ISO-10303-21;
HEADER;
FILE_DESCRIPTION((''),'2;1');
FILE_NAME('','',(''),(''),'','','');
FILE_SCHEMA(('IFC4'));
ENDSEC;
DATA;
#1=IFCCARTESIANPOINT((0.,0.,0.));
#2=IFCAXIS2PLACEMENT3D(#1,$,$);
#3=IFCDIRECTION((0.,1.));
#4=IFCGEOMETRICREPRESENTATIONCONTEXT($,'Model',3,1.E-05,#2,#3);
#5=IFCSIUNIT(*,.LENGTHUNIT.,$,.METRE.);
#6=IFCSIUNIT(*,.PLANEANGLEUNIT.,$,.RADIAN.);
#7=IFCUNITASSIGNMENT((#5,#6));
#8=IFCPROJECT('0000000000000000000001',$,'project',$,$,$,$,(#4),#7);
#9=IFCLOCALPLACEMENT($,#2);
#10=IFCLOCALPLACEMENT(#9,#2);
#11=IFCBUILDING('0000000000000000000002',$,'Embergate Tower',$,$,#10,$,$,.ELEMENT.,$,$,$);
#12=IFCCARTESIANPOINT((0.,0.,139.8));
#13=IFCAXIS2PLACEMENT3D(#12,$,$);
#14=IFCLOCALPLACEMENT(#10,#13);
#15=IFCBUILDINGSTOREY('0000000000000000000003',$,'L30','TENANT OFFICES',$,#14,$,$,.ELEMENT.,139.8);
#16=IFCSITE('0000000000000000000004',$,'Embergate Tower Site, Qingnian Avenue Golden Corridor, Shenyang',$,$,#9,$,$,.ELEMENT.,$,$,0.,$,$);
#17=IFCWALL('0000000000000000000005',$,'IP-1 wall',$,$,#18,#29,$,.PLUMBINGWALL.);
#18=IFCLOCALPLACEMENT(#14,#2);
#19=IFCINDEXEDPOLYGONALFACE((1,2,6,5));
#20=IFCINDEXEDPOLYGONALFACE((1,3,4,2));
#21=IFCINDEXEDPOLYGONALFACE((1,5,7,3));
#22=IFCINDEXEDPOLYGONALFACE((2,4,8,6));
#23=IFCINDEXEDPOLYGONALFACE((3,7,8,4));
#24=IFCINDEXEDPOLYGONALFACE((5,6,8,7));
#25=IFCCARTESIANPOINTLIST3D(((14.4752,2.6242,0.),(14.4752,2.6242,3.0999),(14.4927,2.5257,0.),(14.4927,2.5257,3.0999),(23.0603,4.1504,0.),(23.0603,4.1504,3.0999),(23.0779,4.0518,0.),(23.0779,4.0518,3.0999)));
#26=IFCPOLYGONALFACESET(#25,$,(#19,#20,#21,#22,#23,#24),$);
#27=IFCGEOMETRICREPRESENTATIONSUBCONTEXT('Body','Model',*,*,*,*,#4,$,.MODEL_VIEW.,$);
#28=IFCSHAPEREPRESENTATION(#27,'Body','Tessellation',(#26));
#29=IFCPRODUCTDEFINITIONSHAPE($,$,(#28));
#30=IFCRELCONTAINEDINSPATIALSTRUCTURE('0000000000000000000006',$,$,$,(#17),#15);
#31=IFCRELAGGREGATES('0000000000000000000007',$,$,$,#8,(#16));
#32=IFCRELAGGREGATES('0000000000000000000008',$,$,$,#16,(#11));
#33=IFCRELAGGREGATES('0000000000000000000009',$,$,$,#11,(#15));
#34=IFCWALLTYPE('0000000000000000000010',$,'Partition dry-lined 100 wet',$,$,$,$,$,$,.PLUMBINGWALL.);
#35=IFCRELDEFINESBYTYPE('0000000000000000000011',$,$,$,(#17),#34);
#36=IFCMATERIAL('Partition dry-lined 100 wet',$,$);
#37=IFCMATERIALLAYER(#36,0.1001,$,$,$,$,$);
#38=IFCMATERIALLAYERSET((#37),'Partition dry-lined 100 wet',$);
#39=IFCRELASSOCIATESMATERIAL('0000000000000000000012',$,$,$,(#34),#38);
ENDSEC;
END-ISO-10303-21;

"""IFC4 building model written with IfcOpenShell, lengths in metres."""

from ifc_helpers import new_model, si_unit, direction, frame, frame_2d, origin, place, context, subcontext, project, spatial, rectangle, extrude, source, transform, mapped, material, layer, layer_set, type_object, element, save


model = new_model("IFC4")

# Units and contexts
model_context = context("Model", 3, precision=1e-05, world=origin(), true_north=direction((0.0, 1.0)))
body_context = subcontext(model_context, "Body", "Model", "MODEL_VIEW")
ifc_project = project(units=[si_unit("LENGTHUNIT", "METRE"), si_unit("PLANEANGLEUNIT", "RADIAN")], contexts=[model_context])

# Site, building, storey
site_placement = place(None, origin())
site = spatial("IfcSite", under=ifc_project, at=site_placement, Name="Embergate Tower Site, Qingnian Avenue Golden Corridor, Shenyang", CompositionType="ELEMENT", RefElevation=0.0)
building_placement = place(site_placement, origin())
building = spatial("IfcBuilding", under=site, at=building_placement, Name="Embergate Tower", CompositionType="ELEMENT")
storey_placement = place(building_placement, frame((0.0, 0.0, 139.8)))
storey = spatial("IfcBuildingStorey", under=building, at=storey_placement, Name="L30", Description="TENANT OFFICES", CompositionType="ELEMENT", Elevation=139.8)

# Wall
ifc_material_1 = material(Name="Partition dry-lined 100 wet")
ifc_layer_1 = layer(ifc_material_1, 0.1001)
ifc_layer_set_1 = layer_set([ifc_layer_1], Name="Partition dry-lined 100 wet")
wall_type_1 = type_object("IfcWallType", Name="Partition dry-lined 100 wet", PredefinedType="PLUMBINGWALL", material=ifc_layer_set_1)
shared_shape_1 = source(origin(), body_context, "Body", "SweptSolid", [
    extrude(rectangle(XDim=8.7197, YDim=0.1001, at=frame_2d((4.3599, 0.0))), origin(), (0.0, 0.0, 1.0), 3.0999),
])
wall_1_placement = place(storey_placement, frame((23.0691, 4.1011, 0.0), z_axis=(0.0, 0.0, 1.0), x_axis=(-0.984565, -0.175018, 0.0)))
element("IfcWall", 1, at=wall_1_placement, inside=storey, type_object=wall_type_1, Name="IP-1 wall", PredefinedType="PLUMBINGWALL", context=body_context, shape_type="MappedRepresentation", body=[
    mapped(shared_shape_1, transform((0.0, 0.0, 0.0))),
])

save(model, "model.ifc")
